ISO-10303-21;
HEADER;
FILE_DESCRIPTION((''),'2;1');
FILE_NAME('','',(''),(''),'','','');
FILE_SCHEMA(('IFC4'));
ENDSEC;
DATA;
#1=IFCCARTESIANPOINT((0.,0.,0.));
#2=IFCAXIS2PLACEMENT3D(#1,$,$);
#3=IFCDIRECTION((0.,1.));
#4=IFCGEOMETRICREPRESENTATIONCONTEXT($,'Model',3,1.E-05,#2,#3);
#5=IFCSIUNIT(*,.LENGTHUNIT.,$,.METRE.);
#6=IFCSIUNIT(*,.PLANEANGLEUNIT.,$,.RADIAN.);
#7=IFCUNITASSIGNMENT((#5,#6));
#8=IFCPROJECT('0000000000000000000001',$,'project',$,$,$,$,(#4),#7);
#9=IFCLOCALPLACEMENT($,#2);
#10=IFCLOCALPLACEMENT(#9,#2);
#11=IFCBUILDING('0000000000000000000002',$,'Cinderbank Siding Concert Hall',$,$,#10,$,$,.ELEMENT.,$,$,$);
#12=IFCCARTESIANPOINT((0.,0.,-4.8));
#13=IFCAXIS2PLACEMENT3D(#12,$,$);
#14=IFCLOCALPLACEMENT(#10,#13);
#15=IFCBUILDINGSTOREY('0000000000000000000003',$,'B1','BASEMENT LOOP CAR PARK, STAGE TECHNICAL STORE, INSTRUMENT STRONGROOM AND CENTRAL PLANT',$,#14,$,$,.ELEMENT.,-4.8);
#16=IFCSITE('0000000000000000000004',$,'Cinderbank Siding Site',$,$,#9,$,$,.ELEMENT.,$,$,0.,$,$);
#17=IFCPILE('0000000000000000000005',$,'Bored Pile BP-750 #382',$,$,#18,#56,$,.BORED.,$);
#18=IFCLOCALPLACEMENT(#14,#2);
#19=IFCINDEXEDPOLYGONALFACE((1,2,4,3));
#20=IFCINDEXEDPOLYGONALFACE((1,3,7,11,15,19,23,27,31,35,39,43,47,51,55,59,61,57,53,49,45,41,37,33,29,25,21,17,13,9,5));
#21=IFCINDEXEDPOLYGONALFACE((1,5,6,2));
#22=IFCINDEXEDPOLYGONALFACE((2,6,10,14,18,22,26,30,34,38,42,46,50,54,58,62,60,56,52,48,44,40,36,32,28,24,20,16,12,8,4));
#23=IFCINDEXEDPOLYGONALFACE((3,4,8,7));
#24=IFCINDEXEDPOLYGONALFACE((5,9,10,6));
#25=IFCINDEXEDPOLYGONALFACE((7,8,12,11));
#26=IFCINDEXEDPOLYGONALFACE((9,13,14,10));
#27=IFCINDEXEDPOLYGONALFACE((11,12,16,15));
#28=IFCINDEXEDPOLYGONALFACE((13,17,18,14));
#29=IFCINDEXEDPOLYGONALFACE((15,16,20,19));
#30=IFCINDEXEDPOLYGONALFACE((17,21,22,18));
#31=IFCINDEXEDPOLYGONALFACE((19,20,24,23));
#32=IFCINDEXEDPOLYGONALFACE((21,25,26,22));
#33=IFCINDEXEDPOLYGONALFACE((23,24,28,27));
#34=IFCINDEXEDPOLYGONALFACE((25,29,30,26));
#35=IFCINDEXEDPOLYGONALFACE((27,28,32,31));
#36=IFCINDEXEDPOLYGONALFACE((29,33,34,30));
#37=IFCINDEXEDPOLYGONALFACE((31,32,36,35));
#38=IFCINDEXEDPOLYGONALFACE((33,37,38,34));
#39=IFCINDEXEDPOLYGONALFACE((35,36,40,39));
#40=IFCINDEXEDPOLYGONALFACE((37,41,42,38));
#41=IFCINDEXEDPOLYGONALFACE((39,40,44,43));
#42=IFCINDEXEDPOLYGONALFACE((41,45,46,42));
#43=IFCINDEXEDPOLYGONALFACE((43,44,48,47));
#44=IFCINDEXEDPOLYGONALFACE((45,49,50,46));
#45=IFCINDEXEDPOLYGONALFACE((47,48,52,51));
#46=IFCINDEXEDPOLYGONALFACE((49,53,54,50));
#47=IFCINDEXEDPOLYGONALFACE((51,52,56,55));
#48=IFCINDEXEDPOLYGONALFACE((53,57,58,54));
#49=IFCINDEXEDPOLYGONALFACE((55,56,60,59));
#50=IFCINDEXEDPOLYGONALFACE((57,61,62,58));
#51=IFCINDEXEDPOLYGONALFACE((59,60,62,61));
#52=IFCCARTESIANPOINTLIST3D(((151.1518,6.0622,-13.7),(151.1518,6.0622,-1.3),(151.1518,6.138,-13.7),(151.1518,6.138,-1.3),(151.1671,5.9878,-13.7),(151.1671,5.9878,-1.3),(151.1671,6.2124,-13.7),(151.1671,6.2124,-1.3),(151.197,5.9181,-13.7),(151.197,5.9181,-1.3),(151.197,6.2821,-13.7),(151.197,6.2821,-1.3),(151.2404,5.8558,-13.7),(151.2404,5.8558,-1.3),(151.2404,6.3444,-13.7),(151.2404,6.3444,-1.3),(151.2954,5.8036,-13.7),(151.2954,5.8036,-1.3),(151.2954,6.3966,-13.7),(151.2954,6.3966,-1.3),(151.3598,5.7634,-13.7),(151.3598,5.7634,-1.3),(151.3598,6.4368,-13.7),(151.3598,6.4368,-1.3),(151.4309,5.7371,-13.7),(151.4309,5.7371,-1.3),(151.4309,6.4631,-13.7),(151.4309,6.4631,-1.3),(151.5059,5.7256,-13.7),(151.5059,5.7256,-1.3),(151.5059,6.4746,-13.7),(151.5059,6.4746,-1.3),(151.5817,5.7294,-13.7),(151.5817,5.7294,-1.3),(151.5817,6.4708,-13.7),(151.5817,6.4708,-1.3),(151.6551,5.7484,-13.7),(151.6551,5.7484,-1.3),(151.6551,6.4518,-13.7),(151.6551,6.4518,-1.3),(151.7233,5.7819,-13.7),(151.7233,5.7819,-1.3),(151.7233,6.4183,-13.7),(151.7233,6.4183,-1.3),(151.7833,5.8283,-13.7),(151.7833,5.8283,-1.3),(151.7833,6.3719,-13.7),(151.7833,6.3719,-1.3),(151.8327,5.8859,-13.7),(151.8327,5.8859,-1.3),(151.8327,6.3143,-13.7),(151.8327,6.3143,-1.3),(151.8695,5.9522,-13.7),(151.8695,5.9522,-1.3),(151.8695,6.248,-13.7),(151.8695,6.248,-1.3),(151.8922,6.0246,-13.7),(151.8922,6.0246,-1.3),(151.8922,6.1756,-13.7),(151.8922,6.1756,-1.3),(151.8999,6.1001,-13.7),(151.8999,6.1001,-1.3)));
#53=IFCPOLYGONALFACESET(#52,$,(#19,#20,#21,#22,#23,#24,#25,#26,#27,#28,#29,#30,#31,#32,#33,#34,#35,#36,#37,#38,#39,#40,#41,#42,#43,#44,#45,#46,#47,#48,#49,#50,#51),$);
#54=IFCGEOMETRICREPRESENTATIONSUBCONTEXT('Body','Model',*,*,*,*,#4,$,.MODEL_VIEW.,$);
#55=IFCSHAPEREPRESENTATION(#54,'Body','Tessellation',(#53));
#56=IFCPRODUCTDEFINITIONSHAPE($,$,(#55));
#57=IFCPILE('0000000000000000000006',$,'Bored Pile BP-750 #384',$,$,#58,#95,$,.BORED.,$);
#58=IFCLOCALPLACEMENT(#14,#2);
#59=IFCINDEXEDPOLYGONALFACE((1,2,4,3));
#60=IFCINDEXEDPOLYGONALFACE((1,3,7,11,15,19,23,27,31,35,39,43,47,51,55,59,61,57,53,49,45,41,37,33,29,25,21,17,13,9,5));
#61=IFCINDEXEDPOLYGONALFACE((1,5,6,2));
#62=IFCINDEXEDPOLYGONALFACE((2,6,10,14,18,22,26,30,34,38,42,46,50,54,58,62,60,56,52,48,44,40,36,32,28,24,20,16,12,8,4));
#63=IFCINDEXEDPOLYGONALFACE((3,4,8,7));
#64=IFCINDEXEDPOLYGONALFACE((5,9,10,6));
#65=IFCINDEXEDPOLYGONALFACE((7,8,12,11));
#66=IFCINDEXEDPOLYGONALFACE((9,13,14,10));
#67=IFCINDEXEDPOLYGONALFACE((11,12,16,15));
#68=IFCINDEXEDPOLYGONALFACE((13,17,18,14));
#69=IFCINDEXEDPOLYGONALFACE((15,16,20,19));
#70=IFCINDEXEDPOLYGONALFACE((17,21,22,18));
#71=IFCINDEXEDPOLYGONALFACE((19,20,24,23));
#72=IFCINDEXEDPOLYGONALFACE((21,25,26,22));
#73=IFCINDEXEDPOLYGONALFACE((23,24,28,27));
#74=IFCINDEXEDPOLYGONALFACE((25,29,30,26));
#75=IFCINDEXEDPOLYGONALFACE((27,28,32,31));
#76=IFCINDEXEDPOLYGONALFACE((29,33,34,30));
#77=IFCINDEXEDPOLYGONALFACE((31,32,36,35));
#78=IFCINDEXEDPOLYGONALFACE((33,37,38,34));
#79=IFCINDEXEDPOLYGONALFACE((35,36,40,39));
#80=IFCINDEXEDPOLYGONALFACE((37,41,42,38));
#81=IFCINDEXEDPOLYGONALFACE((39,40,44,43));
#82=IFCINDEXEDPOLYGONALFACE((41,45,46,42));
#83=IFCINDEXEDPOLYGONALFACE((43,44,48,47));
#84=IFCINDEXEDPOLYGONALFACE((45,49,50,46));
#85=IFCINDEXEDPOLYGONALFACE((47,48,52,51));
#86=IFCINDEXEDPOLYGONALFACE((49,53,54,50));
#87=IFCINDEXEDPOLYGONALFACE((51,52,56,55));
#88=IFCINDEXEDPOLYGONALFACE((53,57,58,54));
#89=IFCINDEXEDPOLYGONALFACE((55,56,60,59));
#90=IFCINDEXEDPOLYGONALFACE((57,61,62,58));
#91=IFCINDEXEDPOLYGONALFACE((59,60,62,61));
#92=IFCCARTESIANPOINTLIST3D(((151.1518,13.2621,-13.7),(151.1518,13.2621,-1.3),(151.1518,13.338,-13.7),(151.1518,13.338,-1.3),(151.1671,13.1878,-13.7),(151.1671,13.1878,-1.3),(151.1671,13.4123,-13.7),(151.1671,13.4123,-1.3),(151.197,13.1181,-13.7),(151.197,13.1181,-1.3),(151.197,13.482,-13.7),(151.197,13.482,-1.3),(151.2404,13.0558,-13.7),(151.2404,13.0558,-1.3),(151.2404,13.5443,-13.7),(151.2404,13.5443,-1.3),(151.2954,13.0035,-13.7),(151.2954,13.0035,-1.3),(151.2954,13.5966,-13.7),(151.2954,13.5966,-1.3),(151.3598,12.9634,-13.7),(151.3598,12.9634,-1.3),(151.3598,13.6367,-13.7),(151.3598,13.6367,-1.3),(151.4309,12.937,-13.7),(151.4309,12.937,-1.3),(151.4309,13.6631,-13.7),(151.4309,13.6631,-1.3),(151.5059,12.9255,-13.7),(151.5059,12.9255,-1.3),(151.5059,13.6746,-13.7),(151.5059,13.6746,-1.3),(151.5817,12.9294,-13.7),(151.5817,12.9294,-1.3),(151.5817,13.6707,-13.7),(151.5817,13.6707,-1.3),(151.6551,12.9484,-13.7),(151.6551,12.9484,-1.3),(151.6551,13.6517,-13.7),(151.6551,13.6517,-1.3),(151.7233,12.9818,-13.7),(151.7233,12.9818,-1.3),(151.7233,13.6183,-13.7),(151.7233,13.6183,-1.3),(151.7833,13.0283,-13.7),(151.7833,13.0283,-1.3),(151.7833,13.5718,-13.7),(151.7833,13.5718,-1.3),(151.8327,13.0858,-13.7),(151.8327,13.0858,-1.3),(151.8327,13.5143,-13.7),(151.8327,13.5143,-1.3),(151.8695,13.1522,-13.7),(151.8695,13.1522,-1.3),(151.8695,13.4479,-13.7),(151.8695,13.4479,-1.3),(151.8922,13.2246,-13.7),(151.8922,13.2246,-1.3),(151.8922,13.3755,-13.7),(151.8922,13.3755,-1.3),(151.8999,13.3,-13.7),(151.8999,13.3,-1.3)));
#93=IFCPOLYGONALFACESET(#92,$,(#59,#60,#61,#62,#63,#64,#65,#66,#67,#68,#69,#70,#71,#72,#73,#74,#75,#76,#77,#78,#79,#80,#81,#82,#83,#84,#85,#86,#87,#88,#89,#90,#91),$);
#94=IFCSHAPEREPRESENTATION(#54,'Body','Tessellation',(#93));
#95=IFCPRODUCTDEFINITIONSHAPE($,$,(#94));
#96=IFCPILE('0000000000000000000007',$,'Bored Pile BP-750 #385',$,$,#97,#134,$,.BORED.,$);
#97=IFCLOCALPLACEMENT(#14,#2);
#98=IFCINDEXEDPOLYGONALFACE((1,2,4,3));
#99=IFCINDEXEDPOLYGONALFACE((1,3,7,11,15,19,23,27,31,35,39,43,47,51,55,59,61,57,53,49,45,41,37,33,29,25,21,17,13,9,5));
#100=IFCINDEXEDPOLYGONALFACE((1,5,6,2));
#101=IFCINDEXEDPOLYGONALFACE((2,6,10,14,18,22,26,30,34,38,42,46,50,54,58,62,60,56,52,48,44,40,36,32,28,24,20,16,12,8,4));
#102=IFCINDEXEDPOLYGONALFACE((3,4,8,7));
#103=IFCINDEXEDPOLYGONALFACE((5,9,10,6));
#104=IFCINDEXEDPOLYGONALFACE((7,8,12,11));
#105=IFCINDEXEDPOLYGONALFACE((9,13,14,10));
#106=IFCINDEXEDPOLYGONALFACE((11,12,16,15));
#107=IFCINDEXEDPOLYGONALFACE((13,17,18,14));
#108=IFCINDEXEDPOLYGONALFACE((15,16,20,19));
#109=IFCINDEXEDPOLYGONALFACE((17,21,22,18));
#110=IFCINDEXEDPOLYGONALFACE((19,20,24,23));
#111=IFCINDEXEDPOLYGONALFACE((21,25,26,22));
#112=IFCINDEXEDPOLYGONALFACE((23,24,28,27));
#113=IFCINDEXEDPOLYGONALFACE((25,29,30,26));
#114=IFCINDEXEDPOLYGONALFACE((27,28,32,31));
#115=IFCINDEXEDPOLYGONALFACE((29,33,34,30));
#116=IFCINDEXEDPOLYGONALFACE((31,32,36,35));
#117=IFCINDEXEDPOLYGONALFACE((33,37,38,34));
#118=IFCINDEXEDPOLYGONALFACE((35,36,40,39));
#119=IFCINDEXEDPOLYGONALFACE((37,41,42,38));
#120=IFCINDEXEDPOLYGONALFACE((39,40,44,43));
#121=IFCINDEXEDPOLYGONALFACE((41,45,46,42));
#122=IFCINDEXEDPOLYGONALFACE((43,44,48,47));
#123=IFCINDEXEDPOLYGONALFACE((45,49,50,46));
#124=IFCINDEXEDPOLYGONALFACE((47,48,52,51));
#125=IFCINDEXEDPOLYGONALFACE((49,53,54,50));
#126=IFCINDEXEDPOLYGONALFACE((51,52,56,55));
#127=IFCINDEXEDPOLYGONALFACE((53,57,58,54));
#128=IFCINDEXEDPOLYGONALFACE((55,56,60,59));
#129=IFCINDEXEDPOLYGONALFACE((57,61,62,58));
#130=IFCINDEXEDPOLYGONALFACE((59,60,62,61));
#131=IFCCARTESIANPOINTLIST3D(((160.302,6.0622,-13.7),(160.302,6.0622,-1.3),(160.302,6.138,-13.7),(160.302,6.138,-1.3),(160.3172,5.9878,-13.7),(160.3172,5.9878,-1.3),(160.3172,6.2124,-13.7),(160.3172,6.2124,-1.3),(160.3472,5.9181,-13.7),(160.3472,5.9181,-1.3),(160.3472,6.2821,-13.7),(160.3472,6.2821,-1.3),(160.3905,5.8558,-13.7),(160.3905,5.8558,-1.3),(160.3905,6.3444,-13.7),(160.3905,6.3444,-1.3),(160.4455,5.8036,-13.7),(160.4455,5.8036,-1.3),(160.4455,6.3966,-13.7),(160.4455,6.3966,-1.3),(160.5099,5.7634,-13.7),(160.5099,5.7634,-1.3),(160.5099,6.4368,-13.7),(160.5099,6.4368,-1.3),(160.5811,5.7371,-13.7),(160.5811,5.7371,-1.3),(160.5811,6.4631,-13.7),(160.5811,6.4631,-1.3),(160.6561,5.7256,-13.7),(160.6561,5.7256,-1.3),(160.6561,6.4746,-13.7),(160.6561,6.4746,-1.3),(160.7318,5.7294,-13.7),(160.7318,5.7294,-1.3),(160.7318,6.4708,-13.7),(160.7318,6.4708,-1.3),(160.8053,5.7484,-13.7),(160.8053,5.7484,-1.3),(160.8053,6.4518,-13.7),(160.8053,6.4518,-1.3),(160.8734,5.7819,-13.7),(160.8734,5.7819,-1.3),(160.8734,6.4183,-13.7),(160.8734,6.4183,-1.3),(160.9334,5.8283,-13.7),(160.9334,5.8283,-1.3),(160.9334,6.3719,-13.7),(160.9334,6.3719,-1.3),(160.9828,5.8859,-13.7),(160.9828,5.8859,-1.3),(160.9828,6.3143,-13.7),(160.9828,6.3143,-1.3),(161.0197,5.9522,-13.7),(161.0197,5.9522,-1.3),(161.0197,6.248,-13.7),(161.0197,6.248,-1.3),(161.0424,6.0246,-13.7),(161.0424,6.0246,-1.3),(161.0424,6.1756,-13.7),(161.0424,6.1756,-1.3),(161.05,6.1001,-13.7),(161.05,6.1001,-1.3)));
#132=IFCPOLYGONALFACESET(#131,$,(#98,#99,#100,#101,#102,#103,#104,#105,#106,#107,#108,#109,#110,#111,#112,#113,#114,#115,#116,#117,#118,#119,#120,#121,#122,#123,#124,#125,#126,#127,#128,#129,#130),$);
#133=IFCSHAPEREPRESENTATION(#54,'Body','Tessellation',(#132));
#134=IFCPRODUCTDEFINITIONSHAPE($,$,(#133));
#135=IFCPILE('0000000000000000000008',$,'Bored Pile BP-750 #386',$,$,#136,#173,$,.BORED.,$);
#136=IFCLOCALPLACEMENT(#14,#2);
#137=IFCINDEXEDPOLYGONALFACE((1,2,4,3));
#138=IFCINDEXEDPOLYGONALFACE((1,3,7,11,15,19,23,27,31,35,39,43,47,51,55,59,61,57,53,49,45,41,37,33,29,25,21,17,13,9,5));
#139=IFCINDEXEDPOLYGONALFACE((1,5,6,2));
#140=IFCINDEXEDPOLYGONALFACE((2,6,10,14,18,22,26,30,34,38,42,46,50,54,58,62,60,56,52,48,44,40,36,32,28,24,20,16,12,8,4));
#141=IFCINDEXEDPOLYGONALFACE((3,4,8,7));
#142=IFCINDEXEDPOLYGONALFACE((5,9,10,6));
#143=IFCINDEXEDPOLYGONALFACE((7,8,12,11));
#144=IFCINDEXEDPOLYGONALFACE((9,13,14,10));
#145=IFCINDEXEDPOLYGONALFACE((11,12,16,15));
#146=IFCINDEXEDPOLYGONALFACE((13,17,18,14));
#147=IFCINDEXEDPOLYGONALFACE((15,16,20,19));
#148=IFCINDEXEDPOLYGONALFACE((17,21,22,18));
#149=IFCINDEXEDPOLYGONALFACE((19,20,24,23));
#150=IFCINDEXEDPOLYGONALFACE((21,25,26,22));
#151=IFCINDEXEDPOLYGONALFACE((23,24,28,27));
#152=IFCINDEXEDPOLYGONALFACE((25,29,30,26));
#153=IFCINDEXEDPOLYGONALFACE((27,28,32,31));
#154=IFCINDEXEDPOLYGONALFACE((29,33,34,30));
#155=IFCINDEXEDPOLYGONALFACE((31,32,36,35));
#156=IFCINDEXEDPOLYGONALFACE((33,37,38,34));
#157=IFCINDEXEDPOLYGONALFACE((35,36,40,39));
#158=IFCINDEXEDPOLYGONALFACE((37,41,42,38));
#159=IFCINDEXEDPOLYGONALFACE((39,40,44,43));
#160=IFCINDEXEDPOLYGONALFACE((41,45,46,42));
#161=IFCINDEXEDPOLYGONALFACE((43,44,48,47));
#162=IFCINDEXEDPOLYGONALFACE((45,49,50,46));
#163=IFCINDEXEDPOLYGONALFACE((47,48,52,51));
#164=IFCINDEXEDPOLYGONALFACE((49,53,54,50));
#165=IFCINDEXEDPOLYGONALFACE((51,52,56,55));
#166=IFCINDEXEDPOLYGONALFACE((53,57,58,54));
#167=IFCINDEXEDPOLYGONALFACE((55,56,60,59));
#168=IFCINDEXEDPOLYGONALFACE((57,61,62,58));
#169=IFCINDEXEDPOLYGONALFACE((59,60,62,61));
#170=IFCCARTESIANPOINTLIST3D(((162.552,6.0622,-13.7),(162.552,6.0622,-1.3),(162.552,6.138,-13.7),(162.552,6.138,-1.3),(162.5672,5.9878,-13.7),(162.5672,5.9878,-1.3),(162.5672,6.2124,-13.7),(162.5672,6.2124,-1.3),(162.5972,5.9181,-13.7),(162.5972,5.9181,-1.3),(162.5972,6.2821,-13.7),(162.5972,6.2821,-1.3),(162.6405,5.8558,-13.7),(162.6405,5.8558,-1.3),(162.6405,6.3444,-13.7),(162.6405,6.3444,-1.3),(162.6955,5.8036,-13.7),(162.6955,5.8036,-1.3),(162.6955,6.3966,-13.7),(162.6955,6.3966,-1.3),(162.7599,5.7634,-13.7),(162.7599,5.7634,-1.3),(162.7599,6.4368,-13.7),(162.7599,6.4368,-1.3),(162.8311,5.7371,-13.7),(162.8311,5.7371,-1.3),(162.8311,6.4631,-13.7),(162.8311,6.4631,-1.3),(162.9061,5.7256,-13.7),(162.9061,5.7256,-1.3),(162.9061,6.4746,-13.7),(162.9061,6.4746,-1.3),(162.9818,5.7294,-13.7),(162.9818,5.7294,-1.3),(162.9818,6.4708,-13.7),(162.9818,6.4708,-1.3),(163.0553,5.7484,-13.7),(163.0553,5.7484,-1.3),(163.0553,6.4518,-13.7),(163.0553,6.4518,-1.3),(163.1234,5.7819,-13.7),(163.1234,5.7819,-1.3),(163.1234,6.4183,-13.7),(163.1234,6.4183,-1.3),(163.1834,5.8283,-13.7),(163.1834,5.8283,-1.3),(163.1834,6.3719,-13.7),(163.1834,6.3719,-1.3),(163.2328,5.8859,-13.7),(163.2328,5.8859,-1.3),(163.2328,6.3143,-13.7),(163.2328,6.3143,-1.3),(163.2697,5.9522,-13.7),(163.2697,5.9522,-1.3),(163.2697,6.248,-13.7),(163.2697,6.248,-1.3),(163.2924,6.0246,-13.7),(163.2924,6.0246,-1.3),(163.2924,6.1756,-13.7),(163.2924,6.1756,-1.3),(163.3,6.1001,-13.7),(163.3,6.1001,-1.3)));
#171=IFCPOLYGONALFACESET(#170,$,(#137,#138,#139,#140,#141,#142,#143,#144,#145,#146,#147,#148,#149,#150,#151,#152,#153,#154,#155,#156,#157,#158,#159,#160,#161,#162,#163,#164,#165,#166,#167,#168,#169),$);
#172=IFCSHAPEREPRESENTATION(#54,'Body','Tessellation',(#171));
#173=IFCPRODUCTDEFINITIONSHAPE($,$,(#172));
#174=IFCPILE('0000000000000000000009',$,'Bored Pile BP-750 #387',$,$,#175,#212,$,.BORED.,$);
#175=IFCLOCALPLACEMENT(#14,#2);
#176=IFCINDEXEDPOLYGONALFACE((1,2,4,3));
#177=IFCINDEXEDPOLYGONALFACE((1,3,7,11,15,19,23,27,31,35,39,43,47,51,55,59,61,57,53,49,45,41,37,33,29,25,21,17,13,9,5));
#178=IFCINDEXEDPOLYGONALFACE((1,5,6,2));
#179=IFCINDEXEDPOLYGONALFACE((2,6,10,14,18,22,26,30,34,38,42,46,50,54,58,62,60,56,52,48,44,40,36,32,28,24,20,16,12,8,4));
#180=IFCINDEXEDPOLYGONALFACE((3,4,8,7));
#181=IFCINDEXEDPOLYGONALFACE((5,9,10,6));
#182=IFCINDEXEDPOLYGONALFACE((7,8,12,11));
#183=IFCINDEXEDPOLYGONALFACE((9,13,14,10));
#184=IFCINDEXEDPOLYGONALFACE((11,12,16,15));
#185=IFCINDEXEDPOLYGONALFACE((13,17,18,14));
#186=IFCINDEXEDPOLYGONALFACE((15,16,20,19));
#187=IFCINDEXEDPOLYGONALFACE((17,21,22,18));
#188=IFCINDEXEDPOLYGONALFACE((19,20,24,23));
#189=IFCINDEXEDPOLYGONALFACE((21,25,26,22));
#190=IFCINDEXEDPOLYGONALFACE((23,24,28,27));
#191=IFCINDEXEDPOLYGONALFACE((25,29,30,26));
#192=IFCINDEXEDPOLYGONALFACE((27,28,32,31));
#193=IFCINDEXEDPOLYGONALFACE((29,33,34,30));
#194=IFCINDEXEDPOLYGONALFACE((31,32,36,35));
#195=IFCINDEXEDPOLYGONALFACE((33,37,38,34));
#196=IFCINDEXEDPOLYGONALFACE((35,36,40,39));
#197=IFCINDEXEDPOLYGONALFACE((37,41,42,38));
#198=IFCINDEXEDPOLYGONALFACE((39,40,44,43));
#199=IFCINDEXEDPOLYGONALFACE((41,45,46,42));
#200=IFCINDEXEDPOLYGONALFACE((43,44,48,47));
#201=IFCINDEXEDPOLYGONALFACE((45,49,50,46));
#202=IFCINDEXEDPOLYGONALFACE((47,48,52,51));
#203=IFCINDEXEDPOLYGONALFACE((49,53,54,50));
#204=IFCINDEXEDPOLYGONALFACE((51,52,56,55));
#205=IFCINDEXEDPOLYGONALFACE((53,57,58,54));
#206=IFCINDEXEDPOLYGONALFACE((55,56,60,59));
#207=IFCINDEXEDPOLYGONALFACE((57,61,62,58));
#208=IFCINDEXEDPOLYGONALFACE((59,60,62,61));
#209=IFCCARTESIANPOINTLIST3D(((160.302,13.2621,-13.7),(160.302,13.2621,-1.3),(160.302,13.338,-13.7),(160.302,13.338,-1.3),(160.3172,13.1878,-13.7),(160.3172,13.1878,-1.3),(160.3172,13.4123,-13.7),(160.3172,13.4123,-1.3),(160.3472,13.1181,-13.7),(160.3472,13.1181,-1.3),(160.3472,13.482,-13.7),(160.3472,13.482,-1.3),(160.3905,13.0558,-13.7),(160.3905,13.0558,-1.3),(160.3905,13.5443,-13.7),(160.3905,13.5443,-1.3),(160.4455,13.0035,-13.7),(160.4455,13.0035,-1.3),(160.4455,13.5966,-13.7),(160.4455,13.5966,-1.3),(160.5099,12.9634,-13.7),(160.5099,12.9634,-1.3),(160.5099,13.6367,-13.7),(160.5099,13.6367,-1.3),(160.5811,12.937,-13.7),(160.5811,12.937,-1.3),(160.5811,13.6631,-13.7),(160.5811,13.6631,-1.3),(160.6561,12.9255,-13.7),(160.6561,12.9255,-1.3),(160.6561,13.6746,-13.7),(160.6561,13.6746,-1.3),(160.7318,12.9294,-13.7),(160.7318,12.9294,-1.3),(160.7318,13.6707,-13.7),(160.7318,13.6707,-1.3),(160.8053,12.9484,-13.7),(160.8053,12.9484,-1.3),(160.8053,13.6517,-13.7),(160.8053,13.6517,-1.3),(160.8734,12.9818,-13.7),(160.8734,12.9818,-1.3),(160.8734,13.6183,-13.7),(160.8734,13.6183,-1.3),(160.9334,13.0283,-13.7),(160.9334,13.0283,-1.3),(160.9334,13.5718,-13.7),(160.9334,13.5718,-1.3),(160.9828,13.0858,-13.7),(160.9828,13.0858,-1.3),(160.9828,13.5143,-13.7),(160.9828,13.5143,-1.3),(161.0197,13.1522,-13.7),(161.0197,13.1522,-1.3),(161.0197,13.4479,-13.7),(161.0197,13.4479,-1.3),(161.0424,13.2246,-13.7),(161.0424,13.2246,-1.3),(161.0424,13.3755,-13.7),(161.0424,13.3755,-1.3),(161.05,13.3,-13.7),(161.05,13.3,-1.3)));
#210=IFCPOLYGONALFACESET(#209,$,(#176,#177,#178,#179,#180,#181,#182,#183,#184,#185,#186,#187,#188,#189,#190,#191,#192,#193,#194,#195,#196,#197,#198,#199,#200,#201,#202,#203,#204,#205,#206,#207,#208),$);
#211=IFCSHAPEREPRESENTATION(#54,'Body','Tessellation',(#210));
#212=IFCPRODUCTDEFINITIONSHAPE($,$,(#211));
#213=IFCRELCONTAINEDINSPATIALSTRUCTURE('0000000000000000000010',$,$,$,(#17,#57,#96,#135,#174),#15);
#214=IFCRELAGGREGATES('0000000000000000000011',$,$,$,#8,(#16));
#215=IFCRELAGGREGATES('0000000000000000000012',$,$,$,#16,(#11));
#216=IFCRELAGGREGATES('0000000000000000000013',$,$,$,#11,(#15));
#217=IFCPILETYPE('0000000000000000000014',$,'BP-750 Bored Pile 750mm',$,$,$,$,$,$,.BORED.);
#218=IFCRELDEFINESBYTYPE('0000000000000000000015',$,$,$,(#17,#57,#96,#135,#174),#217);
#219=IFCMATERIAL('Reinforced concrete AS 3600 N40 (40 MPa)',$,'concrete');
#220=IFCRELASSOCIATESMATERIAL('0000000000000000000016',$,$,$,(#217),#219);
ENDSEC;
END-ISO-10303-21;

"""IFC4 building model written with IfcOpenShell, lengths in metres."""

from ifc_helpers import new_model, si_unit, direction, frame, origin, origin_2d, place, context, subcontext, project, spatial, circle, extrude, material, material_profile, profile_set, type_object, element, save


model = new_model("IFC4")

# Units and contexts
model_context = context("Model", 3, precision=1e-05, world=origin(), true_north=direction((0.0, 1.0)))
body_context = subcontext(model_context, "Body", "Model", "MODEL_VIEW")
ifc_project = project(units=[si_unit("LENGTHUNIT", "METRE"), si_unit("PLANEANGLEUNIT", "RADIAN")], contexts=[model_context])

# Site, building, storey
site_placement = place(None, origin())
site = spatial("IfcSite", under=ifc_project, at=site_placement, Name="Cinderbank Siding Site", CompositionType="ELEMENT", RefElevation=0.0)
building_placement = place(site_placement, origin())
building = spatial("IfcBuilding", under=site, at=building_placement, Name="Cinderbank Siding Concert Hall", CompositionType="ELEMENT")
storey_placement = place(building_placement, frame((0.0, 0.0, -4.8)))
storey = spatial("IfcBuildingStorey", under=building, at=storey_placement, Name="B1", Description="BASEMENT LOOP CAR PARK, STAGE TECHNICAL STORE, INSTRUMENT STRONGROOM AND CENTRAL PLANT", CompositionType="ELEMENT", Elevation=-4.8)

# Piles
ifc_material_1 = material(Name="Reinforced concrete AS 3600 N40 (40 MPa)", Category="concrete")
ifc_material_profile_1 = material_profile(ifc_material_1, circle(Radius=0.375, at=origin_2d()), Name="PILE-750DIA", Category="LoadBearing")
ifc_profile_set_1 = profile_set([ifc_material_profile_1], Name="Reinforced concrete AS 3600 N40 (40 MPa)")
pile_type = type_object("IfcPileType", Name="BP-750 Bored Pile 750mm", PredefinedType="BORED", material=ifc_profile_set_1)
for number, where, z_axis, x_axis, name in (
    (1, (151.5249, 6.1001, -1.3), (0.0, 0.0, -1.0), (1.0, 0.0, 0.0), "Bored Pile BP-750 #382"),
    (2, (151.5249, 13.3, -1.3), (0.0, 0.0, -1.0), (1.0, 0.0, 0.0), "Bored Pile BP-750 #384"),
    (3, (160.675, 6.1001, -1.3), (0.0, 0.0, -1.0), (1.0, 0.0, 0.0), "Bored Pile BP-750 #385"),
    (4, (162.925, 6.1001, -1.3), (0.0, 0.0, -1.0), (1.0, 0.0, 0.0), "Bored Pile BP-750 #386"),
    (5, (160.675, 13.3, -1.3), (0.0, 0.0, -1.0), (1.0, 0.0, 0.0), "Bored Pile BP-750 #387"),
):
    element("IfcPile", number, at=place(storey_placement, frame(where, z_axis=z_axis, x_axis=x_axis)), inside=storey, type_object=pile_type, Name=name, PredefinedType="BORED", context=body_context, shape_type="SweptSolid", body=[
        extrude(circle(Radius=0.375, at=origin_2d()), origin(), (0.0, 0.0, 1.0), 12.3999),
    ])

save(model, "model.ifc")
